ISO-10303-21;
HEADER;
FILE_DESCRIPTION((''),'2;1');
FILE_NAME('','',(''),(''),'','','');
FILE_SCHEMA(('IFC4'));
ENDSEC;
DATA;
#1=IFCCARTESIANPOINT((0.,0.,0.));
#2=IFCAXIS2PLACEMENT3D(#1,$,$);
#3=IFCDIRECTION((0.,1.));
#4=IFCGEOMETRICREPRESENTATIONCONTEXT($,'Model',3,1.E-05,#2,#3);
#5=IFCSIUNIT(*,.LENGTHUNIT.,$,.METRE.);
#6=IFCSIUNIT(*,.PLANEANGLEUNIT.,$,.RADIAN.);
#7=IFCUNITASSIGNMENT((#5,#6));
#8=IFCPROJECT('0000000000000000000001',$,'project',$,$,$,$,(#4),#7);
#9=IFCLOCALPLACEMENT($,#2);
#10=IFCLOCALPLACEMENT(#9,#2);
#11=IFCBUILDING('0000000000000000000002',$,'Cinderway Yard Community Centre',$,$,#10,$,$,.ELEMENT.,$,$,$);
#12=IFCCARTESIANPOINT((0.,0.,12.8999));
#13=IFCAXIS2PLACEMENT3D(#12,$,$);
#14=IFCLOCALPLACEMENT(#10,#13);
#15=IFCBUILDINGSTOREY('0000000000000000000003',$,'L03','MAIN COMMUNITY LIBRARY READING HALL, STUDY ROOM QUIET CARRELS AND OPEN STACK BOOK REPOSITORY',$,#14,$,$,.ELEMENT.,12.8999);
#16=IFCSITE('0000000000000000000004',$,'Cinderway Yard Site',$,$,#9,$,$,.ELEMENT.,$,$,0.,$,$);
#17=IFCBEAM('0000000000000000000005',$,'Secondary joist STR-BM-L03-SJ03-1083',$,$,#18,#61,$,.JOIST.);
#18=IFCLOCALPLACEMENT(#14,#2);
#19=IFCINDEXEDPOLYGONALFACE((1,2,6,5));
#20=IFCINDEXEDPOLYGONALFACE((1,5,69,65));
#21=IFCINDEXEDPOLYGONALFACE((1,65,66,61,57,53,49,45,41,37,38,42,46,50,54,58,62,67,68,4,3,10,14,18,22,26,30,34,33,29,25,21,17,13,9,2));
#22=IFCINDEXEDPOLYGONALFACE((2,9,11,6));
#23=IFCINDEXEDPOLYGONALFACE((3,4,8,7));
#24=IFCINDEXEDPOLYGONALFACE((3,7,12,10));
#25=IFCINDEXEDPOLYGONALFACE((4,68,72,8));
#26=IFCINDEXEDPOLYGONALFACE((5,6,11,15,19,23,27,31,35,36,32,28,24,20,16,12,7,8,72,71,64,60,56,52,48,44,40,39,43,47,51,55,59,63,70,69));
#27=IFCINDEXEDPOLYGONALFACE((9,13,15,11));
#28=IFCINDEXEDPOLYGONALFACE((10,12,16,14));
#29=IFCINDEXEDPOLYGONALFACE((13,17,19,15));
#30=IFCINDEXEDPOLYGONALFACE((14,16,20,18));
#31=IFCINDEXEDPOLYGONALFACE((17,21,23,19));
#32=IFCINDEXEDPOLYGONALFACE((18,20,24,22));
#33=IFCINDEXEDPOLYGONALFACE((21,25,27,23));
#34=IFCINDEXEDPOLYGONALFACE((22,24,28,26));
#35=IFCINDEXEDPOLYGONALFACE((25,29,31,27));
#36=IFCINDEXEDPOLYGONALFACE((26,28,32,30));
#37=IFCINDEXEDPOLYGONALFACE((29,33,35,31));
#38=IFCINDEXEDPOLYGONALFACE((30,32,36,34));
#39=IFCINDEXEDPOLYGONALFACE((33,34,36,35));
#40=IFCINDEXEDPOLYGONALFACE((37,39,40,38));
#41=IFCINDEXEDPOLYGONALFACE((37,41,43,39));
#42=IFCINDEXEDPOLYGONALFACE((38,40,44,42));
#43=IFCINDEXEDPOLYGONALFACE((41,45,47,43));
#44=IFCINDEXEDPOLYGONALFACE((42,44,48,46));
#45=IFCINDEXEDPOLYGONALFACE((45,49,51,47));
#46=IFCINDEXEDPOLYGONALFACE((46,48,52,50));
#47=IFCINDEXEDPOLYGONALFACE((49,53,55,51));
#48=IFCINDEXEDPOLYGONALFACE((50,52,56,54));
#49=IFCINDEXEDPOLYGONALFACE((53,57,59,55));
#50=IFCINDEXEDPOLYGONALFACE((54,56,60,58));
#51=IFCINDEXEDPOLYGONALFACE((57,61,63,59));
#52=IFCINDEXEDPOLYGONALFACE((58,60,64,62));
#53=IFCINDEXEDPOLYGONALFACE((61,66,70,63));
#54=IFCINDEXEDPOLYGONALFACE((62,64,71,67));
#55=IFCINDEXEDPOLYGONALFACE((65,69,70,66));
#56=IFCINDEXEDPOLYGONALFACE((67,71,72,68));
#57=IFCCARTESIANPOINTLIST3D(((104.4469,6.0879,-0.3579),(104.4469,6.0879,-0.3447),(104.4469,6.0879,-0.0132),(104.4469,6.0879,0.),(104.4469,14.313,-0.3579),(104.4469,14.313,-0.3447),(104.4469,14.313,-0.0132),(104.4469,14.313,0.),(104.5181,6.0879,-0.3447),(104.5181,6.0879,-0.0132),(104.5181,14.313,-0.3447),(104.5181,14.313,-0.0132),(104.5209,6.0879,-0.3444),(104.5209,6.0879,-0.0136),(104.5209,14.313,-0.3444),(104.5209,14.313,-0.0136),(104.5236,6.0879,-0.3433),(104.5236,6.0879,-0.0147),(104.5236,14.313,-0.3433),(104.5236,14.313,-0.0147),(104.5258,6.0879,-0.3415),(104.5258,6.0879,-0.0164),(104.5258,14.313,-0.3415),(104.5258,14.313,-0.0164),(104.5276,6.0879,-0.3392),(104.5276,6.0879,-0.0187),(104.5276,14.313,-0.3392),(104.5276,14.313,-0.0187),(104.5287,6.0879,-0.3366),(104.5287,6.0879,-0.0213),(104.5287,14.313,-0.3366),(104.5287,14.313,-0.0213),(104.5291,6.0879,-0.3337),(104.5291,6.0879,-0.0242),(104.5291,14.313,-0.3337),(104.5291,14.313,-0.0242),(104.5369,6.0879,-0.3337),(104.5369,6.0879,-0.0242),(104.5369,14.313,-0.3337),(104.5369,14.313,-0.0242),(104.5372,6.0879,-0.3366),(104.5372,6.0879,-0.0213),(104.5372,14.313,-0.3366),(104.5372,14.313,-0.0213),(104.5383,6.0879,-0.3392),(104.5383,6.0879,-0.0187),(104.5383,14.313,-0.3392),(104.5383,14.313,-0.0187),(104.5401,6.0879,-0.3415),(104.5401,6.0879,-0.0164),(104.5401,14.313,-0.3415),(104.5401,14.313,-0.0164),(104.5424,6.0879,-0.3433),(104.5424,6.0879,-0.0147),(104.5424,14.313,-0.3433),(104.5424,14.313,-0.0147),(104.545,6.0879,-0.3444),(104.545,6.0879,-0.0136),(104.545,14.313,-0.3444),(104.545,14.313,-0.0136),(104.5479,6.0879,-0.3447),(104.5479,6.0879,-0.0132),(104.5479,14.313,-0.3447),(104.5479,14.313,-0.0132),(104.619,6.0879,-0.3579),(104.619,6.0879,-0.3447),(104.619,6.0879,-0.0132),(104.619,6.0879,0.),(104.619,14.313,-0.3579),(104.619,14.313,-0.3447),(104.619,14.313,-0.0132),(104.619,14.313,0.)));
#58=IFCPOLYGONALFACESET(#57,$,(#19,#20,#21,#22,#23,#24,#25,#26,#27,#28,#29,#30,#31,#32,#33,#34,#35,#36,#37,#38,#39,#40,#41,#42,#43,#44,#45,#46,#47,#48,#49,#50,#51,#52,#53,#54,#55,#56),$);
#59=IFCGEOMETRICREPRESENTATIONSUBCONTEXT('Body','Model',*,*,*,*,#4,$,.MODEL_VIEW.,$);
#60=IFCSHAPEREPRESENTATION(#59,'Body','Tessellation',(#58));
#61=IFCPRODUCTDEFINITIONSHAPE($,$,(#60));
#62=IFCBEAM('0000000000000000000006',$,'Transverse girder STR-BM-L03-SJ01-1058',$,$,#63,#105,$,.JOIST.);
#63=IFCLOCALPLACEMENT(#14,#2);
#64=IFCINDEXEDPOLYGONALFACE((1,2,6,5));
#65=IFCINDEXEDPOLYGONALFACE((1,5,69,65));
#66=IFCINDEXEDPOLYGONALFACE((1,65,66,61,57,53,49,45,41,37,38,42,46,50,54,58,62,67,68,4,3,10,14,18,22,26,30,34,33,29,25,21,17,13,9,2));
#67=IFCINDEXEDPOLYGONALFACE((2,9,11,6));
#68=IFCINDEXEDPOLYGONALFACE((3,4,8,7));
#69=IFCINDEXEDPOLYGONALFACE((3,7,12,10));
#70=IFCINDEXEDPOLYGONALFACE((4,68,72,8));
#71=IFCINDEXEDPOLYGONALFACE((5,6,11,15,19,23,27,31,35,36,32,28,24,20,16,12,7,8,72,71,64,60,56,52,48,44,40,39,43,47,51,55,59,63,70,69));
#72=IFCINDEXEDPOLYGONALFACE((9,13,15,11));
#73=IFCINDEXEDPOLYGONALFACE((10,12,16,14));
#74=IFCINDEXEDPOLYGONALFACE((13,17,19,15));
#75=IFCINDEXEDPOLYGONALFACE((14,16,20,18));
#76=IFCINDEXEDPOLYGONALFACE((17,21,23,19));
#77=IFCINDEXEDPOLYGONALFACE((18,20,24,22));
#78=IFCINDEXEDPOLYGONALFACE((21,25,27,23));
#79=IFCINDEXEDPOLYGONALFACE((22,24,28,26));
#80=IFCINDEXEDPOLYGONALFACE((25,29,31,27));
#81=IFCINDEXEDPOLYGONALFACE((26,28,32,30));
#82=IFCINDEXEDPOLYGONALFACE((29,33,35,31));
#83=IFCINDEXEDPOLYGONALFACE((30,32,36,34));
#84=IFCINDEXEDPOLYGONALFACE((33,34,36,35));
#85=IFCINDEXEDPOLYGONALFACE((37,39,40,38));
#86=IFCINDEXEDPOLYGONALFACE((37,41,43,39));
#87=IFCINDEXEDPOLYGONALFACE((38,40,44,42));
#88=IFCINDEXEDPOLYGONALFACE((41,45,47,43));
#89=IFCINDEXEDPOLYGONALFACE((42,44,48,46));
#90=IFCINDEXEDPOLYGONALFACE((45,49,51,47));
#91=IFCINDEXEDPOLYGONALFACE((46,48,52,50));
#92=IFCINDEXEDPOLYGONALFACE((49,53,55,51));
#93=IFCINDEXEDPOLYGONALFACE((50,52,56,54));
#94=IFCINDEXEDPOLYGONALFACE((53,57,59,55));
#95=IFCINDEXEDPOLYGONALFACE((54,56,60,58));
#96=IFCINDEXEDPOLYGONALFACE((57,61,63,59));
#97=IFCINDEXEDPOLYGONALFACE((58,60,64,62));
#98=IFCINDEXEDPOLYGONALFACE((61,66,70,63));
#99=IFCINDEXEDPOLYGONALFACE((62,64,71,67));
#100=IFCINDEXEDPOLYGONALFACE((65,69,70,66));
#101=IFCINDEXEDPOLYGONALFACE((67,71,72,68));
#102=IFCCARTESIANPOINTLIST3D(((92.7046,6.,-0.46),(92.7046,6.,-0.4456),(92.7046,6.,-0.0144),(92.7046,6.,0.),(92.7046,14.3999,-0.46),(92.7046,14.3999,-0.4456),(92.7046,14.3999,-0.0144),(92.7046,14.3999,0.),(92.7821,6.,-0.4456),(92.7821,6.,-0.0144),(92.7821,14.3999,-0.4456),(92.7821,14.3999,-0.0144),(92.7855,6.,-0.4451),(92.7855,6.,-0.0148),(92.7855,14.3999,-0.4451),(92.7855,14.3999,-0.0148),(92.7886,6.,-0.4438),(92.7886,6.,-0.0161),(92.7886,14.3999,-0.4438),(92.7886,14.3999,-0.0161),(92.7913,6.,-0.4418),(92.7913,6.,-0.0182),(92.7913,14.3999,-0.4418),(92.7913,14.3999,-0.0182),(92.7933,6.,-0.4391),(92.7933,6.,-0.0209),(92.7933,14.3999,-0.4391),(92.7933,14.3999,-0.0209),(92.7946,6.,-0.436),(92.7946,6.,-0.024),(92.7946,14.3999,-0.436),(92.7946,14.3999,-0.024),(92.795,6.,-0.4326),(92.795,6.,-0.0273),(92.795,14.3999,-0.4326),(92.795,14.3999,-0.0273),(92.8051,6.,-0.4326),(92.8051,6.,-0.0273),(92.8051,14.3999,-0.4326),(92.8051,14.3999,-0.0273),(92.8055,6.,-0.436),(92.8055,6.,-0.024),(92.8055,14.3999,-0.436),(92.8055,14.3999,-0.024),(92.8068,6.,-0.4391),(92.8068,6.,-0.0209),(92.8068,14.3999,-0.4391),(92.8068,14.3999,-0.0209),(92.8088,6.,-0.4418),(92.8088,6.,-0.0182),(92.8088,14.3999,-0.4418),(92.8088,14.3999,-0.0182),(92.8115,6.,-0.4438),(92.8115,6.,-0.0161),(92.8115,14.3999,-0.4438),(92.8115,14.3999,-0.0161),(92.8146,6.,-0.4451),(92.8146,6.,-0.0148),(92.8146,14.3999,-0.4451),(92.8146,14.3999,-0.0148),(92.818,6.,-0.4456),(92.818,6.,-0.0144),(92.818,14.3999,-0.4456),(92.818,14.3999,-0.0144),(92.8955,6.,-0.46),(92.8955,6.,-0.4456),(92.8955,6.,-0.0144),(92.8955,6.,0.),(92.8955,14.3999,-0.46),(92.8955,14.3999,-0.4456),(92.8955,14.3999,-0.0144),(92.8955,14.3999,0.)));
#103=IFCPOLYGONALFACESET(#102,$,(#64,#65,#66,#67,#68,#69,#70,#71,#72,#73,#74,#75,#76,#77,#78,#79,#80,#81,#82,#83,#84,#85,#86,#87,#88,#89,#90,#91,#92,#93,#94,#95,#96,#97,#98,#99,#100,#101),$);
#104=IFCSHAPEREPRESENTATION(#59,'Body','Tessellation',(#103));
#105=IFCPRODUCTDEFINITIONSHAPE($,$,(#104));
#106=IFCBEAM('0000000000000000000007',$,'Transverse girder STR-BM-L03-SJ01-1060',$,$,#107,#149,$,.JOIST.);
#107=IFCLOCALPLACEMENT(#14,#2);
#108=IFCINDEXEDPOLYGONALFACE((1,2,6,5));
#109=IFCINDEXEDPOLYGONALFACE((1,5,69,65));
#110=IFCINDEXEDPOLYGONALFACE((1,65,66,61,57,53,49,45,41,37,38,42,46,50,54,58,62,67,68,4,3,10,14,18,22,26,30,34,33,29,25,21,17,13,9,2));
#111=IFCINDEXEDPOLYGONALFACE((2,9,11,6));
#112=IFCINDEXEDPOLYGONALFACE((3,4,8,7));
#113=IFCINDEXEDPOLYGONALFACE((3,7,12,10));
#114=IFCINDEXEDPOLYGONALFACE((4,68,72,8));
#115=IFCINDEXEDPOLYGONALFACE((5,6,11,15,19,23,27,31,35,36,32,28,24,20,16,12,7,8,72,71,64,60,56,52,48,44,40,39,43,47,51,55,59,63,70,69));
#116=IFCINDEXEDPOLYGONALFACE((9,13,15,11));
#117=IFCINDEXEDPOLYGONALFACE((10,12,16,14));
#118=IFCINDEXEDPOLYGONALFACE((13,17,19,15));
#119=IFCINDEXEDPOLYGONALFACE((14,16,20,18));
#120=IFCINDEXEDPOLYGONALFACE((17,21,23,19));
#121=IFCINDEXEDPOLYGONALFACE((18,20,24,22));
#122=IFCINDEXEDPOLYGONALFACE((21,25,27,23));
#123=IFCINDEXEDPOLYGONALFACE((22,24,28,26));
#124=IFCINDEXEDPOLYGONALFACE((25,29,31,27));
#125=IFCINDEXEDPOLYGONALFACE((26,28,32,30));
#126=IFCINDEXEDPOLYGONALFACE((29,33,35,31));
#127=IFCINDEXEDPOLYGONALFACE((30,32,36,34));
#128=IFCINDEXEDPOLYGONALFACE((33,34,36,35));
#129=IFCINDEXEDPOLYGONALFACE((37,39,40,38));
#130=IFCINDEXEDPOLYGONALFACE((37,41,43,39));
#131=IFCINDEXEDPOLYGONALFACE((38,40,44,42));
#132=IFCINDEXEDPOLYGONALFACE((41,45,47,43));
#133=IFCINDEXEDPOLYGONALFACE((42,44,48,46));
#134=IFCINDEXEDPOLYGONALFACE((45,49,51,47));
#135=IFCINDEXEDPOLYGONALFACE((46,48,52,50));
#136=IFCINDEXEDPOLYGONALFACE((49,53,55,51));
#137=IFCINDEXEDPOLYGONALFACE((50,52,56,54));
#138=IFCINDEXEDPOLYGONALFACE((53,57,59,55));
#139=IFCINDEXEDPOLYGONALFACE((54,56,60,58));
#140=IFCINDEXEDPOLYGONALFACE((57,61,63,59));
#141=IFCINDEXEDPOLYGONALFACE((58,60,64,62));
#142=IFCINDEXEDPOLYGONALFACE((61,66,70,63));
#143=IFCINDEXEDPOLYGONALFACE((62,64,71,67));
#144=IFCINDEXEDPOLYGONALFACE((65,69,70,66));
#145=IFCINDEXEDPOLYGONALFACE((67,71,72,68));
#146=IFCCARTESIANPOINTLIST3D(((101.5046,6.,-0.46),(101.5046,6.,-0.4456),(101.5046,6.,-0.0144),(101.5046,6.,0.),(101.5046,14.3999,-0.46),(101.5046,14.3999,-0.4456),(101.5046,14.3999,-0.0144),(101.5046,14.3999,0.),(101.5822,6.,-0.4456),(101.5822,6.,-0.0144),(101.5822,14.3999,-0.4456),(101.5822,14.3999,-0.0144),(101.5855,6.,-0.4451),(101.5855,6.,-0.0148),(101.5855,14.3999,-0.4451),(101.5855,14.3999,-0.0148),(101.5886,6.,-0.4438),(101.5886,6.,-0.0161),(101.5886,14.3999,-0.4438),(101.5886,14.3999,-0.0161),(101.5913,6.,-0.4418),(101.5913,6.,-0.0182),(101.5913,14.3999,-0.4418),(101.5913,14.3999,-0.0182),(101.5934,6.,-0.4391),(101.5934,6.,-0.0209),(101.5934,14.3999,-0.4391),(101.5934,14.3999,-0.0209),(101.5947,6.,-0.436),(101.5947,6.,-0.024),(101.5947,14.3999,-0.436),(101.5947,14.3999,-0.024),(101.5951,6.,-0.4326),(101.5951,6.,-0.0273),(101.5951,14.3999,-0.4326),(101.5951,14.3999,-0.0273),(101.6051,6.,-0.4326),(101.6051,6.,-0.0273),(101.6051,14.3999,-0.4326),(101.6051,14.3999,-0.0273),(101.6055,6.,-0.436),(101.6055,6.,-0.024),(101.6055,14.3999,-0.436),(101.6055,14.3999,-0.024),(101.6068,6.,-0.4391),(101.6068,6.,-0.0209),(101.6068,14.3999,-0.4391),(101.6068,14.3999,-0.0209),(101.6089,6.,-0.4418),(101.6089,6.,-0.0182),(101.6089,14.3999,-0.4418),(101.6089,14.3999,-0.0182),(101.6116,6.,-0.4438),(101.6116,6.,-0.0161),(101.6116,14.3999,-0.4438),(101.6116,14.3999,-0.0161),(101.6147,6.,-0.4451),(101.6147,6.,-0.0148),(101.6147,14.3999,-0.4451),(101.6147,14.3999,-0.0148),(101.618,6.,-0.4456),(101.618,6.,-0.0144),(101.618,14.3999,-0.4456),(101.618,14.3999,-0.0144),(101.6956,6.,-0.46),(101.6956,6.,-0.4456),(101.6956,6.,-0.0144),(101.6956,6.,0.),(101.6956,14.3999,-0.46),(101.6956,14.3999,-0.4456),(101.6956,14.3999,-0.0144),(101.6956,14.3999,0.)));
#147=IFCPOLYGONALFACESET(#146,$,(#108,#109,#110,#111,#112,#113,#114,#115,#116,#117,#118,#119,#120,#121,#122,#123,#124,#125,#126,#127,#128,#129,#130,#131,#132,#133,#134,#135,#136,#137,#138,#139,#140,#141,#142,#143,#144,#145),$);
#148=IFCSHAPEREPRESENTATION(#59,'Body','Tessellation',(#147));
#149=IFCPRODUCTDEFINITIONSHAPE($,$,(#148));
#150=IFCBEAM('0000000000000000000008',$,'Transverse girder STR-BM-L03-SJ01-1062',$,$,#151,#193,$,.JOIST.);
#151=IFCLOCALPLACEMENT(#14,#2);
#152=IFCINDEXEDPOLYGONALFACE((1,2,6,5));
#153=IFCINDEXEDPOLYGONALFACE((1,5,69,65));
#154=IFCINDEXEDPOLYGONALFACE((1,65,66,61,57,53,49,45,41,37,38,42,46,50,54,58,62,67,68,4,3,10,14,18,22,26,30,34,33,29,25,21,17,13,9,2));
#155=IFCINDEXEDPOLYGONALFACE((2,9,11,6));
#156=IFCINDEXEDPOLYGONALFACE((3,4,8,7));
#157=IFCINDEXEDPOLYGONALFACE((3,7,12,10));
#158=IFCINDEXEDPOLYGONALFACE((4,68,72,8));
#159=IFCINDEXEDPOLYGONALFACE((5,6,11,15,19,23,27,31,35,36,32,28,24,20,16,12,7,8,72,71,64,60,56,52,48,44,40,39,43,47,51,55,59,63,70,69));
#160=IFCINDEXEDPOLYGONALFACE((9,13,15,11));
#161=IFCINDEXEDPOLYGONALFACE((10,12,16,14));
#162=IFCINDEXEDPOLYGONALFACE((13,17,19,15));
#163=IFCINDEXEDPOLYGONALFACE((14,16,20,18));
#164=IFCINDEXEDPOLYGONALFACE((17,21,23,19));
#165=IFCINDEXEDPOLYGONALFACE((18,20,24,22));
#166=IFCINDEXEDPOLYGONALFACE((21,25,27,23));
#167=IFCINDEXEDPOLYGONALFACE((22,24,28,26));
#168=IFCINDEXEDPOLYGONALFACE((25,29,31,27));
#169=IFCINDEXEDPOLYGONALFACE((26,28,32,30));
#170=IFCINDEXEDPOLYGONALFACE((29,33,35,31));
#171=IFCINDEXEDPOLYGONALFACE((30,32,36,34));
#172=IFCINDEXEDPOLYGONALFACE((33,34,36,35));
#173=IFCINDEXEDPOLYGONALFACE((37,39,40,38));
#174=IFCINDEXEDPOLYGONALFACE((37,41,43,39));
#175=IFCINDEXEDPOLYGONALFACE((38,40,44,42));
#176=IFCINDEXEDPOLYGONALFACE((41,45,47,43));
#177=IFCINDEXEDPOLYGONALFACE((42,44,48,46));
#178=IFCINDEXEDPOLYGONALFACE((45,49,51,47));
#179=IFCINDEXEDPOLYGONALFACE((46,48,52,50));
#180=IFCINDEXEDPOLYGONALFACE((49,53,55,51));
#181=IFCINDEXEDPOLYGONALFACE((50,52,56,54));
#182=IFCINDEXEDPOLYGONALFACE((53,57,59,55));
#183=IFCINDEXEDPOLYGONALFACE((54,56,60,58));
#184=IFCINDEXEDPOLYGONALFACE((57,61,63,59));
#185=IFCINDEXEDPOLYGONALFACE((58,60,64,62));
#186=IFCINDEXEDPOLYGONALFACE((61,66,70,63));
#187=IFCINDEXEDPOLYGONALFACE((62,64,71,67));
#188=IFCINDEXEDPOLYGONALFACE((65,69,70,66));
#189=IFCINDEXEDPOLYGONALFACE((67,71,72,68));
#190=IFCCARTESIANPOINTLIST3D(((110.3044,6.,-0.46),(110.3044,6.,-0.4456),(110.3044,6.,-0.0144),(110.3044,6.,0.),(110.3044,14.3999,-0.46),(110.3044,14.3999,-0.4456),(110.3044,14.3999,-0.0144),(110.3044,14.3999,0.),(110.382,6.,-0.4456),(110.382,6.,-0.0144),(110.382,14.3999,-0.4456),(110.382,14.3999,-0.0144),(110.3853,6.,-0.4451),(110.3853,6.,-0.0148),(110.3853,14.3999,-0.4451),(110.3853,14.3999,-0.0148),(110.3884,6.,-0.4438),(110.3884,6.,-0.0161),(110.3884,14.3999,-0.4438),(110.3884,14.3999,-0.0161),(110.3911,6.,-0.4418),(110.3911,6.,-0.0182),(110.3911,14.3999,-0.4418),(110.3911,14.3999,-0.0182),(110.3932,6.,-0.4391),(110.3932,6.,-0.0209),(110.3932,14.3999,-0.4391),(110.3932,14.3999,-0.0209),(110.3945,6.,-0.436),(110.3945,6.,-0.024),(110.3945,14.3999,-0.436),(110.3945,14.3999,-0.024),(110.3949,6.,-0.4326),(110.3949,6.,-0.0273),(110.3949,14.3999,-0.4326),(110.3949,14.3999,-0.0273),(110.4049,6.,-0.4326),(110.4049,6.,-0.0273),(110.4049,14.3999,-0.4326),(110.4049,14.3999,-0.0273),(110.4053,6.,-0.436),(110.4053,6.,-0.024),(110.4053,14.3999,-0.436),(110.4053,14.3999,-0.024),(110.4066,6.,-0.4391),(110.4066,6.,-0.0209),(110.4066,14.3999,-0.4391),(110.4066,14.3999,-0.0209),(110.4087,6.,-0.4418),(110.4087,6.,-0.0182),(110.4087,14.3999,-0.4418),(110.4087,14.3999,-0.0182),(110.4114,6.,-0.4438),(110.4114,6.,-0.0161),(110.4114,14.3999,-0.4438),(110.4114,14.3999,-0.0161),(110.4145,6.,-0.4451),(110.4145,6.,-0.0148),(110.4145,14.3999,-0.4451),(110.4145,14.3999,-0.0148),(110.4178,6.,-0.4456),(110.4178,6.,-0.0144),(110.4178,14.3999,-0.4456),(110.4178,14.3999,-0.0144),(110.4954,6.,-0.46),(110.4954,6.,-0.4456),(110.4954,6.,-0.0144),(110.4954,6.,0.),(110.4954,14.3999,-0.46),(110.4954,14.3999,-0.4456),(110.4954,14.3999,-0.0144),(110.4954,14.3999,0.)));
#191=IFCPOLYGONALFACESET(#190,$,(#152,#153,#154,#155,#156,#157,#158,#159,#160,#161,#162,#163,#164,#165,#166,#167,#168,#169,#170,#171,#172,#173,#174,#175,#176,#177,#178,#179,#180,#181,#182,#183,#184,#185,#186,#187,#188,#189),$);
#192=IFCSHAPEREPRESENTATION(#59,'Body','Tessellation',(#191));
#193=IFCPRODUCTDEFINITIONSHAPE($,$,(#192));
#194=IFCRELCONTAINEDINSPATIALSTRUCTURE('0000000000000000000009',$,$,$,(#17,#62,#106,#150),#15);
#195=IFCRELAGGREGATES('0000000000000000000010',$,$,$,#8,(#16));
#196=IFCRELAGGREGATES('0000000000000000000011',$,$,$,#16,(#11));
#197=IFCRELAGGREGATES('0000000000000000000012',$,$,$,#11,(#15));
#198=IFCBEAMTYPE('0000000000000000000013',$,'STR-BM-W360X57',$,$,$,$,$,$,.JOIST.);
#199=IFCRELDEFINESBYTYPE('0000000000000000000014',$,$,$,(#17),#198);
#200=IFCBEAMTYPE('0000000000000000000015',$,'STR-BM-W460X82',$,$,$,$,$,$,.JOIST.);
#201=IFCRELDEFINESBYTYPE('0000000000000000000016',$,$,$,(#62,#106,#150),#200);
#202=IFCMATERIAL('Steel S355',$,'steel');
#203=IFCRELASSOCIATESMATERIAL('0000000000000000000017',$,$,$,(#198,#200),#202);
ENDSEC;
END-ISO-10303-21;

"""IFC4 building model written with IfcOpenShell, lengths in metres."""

from ifc_helpers import new_model, si_unit, direction, frame, origin, origin_2d, place, context, subcontext, project, spatial, i_section, extrude, material, material_profile, profile_set, type_object, element, save


model = new_model("IFC4")

# Units and contexts
model_context = context("Model", 3, precision=1e-05, world=origin(), true_north=direction((0.0, 1.0)))
body_context = subcontext(model_context, "Body", "Model", "MODEL_VIEW")
ifc_project = project(units=[si_unit("LENGTHUNIT", "METRE"), si_unit("PLANEANGLEUNIT", "RADIAN")], contexts=[model_context])

# Site, building, storey
site_placement = place(None, origin())
site = spatial("IfcSite", under=ifc_project, at=site_placement, Name="Cinderway Yard Site", CompositionType="ELEMENT", RefElevation=0.0)
building_placement = place(site_placement, origin())
building = spatial("IfcBuilding", under=site, at=building_placement, Name="Cinderway Yard Community Centre", CompositionType="ELEMENT")
storey_placement = place(building_placement, frame((0.0, 0.0, 12.8999)))
storey = spatial("IfcBuildingStorey", under=building, at=storey_placement, Name="L03", Description="MAIN COMMUNITY LIBRARY READING HALL, STUDY ROOM QUIET CARRELS AND OPEN STACK BOOK REPOSITORY", CompositionType="ELEMENT", Elevation=12.8999)

# Shared definitions
ifc_material_1 = material(Name="Steel S355", Category="steel")

# Beams
ifc_material_profile_1 = material_profile(ifc_material_1, i_section(OverallWidth=0.1721, OverallDepth=0.3579, WebThickness=0.0078, FlangeThickness=0.0132, FilletRadius=0.011, at=origin_2d()), Name="Steel S355")
ifc_profile_set_1 = profile_set([ifc_material_profile_1], Name="Steel S355")
beam_type_1 = type_object("IfcBeamType", Name="STR-BM-W360X57", PredefinedType="JOIST", material=ifc_profile_set_1)
for number, where, z_axis, x_axis, name in (
    (1, (104.533, 6.0879, -0.179), (0.0, 1.0, 0.0), (-1.0, 0.0, 0.0), "Secondary joist STR-BM-L03-SJ03-1083"),
):
    element("IfcBeam", number, at=place(storey_placement, frame(where, z_axis=z_axis, x_axis=x_axis)), inside=storey, type_object=beam_type_1, Name=name, PredefinedType="JOIST", context=body_context, shape_type="SweptSolid", body=[
        extrude(i_section(OverallWidth=0.1721, OverallDepth=0.3579, WebThickness=0.0078, FlangeThickness=0.0132, FilletRadius=0.011, at=origin_2d()), origin(), (0.0, 0.0, 1.0), 8.2251),
    ])
ifc_material_profile_2 = material_profile(ifc_material_1, i_section(OverallWidth=0.1909, OverallDepth=0.46, WebThickness=0.01, FlangeThickness=0.0144, FilletRadius=0.0129, at=origin_2d()), Name="Steel S355")
ifc_profile_set_2 = profile_set([ifc_material_profile_2], Name="Steel S355")
beam_type_2 = type_object("IfcBeamType", Name="STR-BM-W460X82", PredefinedType="JOIST", material=ifc_profile_set_2)
for number, where, z_axis, x_axis, name in (
    (2, (92.8, 6.0, -0.23), (0.0, 1.0, 0.0), (-1.0, 0.0, 0.0), "Transverse girder STR-BM-L03-SJ01-1058"),
    (3, (101.6001, 6.0, -0.23), (0.0, 1.0, 0.0), (-1.0, 0.0, 0.0), "Transverse girder STR-BM-L03-SJ01-1060"),
    (4, (110.3999, 6.0, -0.23), (0.0, 1.0, 0.0), (-1.0, 0.0, 0.0), "Transverse girder STR-BM-L03-SJ01-1062"),
):
    element("IfcBeam", number, at=place(storey_placement, frame(where, z_axis=z_axis, x_axis=x_axis)), inside=storey, type_object=beam_type_2, Name=name, PredefinedType="JOIST", context=body_context, shape_type="SweptSolid", body=[
        extrude(i_section(OverallWidth=0.1909, OverallDepth=0.46, WebThickness=0.01, FlangeThickness=0.0144, FilletRadius=0.0129, at=origin_2d()), origin(), (0.0, 0.0, 1.0), 8.3999),
    ])

save(model, "model.ifc")
